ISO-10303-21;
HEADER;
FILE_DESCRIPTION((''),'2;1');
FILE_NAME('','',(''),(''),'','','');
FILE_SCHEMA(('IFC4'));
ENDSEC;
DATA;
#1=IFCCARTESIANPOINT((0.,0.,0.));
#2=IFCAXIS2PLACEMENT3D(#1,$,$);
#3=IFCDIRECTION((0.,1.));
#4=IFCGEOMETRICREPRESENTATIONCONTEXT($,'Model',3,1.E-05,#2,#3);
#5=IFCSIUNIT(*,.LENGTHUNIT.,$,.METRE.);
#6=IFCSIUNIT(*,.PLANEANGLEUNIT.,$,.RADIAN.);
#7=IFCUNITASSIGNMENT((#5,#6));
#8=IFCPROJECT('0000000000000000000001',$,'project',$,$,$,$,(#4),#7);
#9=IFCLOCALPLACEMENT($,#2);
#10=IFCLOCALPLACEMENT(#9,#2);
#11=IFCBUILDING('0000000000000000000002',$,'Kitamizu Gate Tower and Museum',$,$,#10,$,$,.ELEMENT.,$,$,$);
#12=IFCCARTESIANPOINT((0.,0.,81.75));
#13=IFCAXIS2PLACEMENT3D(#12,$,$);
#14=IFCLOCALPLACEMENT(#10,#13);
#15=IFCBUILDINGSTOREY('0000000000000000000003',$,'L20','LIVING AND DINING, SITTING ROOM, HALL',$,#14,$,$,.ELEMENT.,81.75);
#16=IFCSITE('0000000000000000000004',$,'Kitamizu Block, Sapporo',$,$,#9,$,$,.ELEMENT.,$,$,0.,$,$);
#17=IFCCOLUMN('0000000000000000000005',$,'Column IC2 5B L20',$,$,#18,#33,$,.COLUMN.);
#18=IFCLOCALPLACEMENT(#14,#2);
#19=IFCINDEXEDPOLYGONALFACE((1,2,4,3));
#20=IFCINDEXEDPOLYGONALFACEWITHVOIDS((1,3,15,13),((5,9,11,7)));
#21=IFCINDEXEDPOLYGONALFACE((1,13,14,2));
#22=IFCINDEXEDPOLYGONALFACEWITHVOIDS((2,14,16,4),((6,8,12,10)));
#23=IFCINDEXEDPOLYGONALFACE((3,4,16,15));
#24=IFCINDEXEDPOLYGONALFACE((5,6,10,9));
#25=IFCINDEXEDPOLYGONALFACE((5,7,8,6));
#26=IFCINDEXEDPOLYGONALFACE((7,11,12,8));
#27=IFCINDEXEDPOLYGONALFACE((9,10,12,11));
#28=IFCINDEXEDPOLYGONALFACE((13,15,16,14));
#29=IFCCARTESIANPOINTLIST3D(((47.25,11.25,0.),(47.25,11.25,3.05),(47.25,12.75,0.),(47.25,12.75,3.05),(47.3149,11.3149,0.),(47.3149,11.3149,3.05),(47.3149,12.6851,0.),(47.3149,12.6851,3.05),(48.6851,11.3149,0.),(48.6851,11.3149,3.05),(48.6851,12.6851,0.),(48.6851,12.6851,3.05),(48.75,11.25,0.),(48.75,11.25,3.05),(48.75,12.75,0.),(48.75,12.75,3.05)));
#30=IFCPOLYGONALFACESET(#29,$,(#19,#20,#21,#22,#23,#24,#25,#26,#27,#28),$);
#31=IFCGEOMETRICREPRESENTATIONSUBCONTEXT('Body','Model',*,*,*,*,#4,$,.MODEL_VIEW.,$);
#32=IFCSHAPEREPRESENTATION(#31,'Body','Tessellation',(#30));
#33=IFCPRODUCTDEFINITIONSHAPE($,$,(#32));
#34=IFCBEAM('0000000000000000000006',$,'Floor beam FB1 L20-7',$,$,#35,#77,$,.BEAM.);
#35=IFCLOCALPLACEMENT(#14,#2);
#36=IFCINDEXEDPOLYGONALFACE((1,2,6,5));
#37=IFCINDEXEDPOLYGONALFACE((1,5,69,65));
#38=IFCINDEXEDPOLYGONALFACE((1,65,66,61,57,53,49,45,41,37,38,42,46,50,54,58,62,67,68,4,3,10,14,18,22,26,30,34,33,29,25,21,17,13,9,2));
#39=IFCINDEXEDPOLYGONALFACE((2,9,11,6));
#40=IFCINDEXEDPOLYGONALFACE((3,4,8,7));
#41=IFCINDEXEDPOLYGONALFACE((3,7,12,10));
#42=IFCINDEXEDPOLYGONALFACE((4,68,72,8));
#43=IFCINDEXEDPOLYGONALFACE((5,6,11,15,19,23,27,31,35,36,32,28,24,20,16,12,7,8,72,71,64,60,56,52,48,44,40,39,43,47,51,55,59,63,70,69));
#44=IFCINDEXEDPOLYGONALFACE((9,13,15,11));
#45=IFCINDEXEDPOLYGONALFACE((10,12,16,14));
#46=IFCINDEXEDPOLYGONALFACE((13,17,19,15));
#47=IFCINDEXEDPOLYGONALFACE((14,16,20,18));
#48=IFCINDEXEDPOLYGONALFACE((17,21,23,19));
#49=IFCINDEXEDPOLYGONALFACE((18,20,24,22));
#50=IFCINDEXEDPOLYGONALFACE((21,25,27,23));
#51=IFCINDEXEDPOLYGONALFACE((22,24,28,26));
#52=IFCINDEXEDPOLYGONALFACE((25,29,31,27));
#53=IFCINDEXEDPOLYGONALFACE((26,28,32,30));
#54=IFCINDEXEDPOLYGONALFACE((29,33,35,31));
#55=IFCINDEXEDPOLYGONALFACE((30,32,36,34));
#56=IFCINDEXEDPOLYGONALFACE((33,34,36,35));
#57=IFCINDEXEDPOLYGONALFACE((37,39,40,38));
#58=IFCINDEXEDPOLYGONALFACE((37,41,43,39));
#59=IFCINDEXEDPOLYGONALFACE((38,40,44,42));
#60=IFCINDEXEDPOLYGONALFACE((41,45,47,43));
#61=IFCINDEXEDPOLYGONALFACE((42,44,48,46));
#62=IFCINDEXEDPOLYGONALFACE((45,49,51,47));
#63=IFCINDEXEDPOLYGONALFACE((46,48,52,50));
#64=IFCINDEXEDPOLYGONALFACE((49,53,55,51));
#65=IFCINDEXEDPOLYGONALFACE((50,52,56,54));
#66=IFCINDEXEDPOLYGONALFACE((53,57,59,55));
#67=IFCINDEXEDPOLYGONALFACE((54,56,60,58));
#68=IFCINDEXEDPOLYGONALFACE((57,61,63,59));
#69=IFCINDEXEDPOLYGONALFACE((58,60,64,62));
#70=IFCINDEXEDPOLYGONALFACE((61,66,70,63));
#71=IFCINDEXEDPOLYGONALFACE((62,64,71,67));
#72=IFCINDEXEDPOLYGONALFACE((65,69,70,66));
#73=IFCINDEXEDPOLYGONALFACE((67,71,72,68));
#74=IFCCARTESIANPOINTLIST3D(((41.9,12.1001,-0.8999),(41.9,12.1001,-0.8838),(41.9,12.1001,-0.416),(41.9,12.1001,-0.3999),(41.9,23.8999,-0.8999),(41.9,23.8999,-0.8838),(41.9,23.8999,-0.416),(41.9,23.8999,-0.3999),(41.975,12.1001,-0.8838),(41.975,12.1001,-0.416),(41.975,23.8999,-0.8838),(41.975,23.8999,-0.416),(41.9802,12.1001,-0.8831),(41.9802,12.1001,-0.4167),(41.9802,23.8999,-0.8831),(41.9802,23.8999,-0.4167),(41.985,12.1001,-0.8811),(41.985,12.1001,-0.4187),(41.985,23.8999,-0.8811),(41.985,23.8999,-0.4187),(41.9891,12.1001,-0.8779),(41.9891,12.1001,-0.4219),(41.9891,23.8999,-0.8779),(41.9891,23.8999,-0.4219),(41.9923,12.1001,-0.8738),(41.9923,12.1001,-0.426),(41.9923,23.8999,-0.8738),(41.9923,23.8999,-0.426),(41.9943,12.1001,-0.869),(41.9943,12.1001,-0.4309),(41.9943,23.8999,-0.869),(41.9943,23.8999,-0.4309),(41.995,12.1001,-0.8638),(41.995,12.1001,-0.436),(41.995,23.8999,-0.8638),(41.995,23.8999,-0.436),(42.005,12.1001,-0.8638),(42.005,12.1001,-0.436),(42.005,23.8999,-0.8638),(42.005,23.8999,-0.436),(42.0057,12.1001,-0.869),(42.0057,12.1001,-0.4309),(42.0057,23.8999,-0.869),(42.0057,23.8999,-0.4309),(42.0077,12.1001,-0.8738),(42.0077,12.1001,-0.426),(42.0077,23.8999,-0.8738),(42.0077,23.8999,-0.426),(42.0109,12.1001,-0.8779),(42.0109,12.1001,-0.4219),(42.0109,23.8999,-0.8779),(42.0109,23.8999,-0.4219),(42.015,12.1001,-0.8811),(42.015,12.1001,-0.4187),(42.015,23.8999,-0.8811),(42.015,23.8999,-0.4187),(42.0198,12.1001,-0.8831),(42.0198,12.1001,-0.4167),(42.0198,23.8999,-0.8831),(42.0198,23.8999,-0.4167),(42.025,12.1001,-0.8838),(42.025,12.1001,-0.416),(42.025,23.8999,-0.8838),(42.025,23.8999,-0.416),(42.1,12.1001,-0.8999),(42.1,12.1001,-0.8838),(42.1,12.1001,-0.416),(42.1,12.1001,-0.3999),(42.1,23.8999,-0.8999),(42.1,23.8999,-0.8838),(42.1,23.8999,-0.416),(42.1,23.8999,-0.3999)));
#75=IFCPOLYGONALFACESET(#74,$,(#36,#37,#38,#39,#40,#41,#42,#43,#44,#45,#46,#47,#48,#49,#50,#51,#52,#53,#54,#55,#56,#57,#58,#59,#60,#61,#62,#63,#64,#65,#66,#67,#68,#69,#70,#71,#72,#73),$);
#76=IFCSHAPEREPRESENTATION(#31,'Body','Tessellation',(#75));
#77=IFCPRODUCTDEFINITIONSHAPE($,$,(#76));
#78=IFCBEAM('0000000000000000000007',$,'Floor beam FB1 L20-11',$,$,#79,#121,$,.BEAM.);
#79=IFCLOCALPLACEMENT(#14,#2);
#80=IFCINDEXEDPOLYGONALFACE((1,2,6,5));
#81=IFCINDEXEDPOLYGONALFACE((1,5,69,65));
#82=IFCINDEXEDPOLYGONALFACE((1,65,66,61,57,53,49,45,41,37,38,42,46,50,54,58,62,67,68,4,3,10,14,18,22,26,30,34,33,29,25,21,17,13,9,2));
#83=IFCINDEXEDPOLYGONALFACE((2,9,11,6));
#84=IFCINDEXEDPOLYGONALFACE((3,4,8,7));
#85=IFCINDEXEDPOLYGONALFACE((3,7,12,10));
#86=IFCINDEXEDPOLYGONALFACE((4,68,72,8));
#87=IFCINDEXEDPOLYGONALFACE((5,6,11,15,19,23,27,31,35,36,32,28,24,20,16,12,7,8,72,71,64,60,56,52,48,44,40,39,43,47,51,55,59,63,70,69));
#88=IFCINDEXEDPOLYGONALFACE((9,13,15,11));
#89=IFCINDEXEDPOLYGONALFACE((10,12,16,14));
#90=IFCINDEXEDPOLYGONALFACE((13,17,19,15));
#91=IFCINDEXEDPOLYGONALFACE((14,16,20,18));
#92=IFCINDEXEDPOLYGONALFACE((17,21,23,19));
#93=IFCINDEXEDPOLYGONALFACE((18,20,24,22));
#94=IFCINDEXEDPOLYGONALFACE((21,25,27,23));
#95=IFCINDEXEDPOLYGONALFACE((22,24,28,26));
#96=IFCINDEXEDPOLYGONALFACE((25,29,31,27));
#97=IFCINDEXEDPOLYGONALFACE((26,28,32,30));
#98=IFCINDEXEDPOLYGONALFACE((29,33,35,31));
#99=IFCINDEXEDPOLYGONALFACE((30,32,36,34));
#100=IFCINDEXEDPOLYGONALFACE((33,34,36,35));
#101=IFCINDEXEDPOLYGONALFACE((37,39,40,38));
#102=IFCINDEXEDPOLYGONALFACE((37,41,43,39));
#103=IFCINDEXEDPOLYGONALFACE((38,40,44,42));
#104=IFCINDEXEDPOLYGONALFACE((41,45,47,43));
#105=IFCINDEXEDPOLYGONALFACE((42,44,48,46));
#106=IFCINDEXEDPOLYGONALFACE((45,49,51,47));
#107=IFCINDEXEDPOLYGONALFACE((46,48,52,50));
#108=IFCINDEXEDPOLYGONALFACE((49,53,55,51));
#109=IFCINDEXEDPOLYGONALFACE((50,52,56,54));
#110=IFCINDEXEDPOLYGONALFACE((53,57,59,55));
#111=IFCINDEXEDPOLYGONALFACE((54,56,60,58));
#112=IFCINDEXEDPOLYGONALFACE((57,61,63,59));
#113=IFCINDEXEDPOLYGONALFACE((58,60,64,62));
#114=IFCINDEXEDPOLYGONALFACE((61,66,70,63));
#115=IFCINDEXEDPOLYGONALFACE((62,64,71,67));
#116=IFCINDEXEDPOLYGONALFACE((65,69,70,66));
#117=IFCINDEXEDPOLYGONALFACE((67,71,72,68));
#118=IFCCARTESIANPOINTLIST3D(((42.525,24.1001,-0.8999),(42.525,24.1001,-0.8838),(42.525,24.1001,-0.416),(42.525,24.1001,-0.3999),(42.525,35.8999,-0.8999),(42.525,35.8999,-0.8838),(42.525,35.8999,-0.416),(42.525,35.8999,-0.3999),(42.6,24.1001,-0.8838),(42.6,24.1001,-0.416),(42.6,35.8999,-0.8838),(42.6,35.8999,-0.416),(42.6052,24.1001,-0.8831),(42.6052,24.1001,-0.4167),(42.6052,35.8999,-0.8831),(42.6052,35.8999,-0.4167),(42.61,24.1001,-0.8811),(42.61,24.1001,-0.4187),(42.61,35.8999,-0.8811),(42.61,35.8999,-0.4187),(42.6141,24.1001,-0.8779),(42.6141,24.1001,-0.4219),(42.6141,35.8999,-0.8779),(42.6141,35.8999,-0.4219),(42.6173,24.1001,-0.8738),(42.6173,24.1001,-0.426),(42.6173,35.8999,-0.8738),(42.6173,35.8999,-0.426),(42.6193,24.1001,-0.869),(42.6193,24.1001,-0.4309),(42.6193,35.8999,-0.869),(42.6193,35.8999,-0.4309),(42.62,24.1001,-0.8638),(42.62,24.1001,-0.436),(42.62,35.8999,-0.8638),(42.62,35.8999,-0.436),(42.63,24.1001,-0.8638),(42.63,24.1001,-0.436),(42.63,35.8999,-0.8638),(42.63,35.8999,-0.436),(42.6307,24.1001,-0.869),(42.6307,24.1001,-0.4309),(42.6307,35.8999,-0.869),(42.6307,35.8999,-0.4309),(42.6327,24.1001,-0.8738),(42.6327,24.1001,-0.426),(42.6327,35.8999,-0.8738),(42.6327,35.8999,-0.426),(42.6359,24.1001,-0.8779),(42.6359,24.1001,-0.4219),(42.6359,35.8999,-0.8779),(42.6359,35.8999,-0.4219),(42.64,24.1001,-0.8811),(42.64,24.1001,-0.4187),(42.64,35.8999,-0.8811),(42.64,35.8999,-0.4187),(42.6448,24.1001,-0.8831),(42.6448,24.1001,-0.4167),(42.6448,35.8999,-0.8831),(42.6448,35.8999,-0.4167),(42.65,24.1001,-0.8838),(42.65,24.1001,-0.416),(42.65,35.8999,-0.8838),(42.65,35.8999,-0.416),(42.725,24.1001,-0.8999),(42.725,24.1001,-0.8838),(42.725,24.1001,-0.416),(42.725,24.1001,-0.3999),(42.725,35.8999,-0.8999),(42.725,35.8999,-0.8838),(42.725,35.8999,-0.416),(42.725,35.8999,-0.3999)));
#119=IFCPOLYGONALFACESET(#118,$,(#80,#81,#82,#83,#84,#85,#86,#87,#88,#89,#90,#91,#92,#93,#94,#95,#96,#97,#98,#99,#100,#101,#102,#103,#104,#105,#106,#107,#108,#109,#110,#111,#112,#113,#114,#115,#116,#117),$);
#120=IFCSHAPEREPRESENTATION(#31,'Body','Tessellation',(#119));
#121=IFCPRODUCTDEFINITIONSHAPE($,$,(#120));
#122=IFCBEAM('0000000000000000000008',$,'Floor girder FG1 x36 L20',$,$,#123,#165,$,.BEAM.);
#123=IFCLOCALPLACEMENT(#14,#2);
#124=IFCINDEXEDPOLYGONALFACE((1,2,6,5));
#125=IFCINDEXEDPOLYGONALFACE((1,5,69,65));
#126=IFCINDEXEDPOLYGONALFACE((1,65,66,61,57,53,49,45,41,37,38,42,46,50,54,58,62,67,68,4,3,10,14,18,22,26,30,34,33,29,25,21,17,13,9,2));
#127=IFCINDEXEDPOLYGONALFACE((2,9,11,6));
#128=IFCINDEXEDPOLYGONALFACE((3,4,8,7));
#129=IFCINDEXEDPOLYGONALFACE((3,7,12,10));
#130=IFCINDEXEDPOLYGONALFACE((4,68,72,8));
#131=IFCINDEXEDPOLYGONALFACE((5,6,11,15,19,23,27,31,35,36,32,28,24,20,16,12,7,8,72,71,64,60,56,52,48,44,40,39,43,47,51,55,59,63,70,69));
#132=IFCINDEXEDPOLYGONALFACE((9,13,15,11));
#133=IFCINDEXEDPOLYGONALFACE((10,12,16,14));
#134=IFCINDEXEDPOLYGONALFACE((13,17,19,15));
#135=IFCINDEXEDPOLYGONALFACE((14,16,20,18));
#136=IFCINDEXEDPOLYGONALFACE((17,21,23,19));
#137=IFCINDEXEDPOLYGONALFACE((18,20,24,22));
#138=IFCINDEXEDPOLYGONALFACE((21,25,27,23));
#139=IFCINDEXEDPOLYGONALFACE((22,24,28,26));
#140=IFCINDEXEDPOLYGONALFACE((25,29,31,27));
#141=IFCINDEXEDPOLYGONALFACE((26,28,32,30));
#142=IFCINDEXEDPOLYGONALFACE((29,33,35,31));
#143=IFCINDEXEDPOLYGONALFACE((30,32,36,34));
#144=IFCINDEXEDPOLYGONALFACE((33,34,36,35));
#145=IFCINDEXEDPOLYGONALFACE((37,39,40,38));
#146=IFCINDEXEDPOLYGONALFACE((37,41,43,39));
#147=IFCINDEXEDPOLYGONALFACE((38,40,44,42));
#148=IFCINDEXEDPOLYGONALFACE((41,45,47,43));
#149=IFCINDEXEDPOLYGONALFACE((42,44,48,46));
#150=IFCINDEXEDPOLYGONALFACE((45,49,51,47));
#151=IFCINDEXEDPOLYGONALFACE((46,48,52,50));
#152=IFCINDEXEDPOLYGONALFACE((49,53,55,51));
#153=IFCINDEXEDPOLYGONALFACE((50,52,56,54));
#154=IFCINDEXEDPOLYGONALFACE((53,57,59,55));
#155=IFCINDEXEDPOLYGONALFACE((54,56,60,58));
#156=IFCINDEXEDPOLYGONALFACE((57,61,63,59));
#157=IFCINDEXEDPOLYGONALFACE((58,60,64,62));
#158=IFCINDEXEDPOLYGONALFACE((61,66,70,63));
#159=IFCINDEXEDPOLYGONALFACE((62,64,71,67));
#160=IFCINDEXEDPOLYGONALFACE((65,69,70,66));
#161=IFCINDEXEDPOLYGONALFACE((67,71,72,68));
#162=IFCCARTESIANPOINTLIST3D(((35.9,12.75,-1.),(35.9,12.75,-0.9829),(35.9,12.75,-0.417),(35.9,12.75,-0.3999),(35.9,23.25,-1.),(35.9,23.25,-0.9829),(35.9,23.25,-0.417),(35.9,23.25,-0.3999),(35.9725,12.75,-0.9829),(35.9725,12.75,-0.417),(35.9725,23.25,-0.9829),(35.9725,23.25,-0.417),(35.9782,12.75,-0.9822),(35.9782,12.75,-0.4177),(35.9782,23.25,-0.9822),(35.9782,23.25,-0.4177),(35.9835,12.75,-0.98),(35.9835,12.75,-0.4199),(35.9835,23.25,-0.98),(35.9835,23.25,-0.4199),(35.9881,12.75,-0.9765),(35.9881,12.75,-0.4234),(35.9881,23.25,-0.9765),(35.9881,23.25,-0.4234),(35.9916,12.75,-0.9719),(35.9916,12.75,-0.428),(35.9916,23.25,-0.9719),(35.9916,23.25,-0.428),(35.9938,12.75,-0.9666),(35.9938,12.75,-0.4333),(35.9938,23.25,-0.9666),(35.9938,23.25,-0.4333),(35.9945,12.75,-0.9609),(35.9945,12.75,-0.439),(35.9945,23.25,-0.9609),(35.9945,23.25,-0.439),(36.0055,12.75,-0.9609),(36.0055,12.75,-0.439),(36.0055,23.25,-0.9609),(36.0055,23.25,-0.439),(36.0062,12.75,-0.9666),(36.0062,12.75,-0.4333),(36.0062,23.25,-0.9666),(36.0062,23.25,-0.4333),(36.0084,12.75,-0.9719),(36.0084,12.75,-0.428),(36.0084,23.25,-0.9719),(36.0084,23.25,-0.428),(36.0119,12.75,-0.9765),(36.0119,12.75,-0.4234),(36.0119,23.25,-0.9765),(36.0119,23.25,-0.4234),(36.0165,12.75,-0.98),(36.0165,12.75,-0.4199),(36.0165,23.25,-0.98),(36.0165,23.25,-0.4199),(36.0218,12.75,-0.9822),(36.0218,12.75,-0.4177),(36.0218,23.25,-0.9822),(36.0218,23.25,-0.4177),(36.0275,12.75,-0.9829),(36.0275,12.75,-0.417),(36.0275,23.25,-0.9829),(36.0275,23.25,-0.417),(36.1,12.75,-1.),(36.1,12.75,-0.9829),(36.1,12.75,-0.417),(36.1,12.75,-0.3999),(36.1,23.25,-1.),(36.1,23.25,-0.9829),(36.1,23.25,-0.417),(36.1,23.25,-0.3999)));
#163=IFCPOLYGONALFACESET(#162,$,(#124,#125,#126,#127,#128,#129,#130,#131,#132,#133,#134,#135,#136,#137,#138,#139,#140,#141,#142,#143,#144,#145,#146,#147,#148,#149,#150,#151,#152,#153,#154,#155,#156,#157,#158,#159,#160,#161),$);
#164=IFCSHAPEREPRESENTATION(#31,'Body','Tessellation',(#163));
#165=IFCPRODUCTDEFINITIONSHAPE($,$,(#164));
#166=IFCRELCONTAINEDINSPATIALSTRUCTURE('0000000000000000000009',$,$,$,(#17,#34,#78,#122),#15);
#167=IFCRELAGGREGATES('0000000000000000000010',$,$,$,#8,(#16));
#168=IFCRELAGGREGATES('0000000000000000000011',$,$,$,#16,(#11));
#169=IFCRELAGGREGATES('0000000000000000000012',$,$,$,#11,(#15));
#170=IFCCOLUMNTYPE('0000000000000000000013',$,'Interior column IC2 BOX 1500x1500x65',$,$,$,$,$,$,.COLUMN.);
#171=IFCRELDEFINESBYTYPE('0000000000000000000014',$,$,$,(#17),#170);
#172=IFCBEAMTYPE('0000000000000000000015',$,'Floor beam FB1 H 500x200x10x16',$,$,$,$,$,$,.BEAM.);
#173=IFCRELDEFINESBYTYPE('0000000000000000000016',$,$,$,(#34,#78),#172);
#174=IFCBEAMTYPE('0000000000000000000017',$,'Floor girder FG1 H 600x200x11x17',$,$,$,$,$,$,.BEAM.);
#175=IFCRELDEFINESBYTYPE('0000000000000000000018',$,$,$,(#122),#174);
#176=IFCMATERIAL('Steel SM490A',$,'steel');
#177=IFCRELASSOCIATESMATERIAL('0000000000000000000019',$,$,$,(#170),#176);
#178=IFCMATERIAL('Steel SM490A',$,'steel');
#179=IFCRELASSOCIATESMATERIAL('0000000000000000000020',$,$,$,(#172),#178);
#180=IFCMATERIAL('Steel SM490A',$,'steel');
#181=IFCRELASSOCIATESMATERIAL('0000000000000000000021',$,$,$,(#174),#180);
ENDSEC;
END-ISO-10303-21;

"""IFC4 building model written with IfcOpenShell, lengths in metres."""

from ifc_helpers import new_model, si_unit, direction, frame, origin, origin_2d, place, context, subcontext, project, spatial, hollow_rectangle, i_section, extrude, material, material_profile, profile_set, type_object, element, save


model = new_model("IFC4")

# Units and contexts
model_context = context("Model", 3, precision=1e-05, world=origin(), true_north=direction((0.0, 1.0)))
body_context = subcontext(model_context, "Body", "Model", "MODEL_VIEW")
ifc_project = project(units=[si_unit("LENGTHUNIT", "METRE"), si_unit("PLANEANGLEUNIT", "RADIAN")], contexts=[model_context])

# Site, building, storey
site_placement = place(None, origin())
site = spatial("IfcSite", under=ifc_project, at=site_placement, Name="Kitamizu Block, Sapporo", CompositionType="ELEMENT", RefElevation=0.0)
building_placement = place(site_placement, origin())
building = spatial("IfcBuilding", under=site, at=building_placement, Name="Kitamizu Gate Tower and Museum", CompositionType="ELEMENT")
storey_placement = place(building_placement, frame((0.0, 0.0, 81.75)))
storey = spatial("IfcBuildingStorey", under=building, at=storey_placement, Name="L20", Description="LIVING AND DINING, SITTING ROOM, HALL", CompositionType="ELEMENT", Elevation=81.75)

# Column
ifc_material_1 = material(Name="Steel SM490A", Category="steel")
ifc_material_profile_1 = material_profile(ifc_material_1, hollow_rectangle(XDim=1.5, YDim=1.5, WallThickness=0.0649, at=origin_2d()), Name="BOX 1500x1500x65")
ifc_profile_set_1 = profile_set([ifc_material_profile_1], Name="Steel SM490A")
column_type = type_object("IfcColumnType", Name="Interior column IC2 BOX 1500x1500x65", PredefinedType="COLUMN", material=ifc_profile_set_1)
column_placement = place(storey_placement, frame((48.0, 12.0, 0.0), z_axis=(0.0, 0.0, 1.0), x_axis=(1.0, 0.0, 0.0)))
element("IfcColumn", 1, at=column_placement, inside=storey, type_object=column_type, Name="Column IC2 5B L20", PredefinedType="COLUMN", context=body_context, shape_type="SweptSolid", body=[
    extrude(hollow_rectangle(XDim=1.5, YDim=1.5, WallThickness=0.0649, at=origin_2d()), origin(), (0.0, 0.0, 1.0), 3.05),
])

# Beams
ifc_material_2 = material(Name="Steel SM490A", Category="steel")
ifc_material_profile_2 = material_profile(ifc_material_2, i_section(OverallWidth=0.2, OverallDepth=0.5, WebThickness=0.01, FlangeThickness=0.0161, FilletRadius=0.02, at=origin_2d()), Name="H-500x200x10x16")
ifc_profile_set_2 = profile_set([ifc_material_profile_2], Name="Steel SM490A")
beam_type_1 = type_object("IfcBeamType", Name="Floor beam FB1 H 500x200x10x16", PredefinedType="BEAM", material=ifc_profile_set_2)
for number, where, z_axis, x_axis, name in (
    (2, (42.0, 12.1001, -0.6499), (0.0, 1.0, 0.0), (-1.0, 0.0, 0.0), "Floor beam FB1 L20-7"),
    (3, (42.625, 24.1001, -0.6499), (0.0, 1.0, 0.0), (-1.0, 0.0, 0.0), "Floor beam FB1 L20-11"),
):
    element("IfcBeam", number, at=place(storey_placement, frame(where, z_axis=z_axis, x_axis=x_axis)), inside=storey, type_object=beam_type_1, Name=name, PredefinedType="BEAM", context=body_context, shape_type="SweptSolid", body=[
        extrude(i_section(OverallWidth=0.2, OverallDepth=0.5, WebThickness=0.01, FlangeThickness=0.0161, FilletRadius=0.02, at=origin_2d()), origin(), (0.0, 0.0, 1.0), 11.7998),
    ])
ifc_material_3 = material(Name="Steel SM490A", Category="steel")
ifc_material_profile_3 = material_profile(ifc_material_3, i_section(OverallWidth=0.2, OverallDepth=0.6001, WebThickness=0.011, FlangeThickness=0.0171, FilletRadius=0.022, at=origin_2d()), Name="H-600x200x11x17")
ifc_profile_set_3 = profile_set([ifc_material_profile_3], Name="Steel SM490A")
beam_type_2 = type_object("IfcBeamType", Name="Floor girder FG1 H 600x200x11x17", PredefinedType="BEAM", material=ifc_profile_set_3)
for number, where, z_axis, x_axis, name in (
    (4, (36.0, 12.75, -0.7), (0.0, 1.0, 0.0), (-1.0, 0.0, 0.0), "Floor girder FG1 x36 L20"),
):
    element("IfcBeam", number, at=place(storey_placement, frame(where, z_axis=z_axis, x_axis=x_axis)), inside=storey, type_object=beam_type_2, Name=name, PredefinedType="BEAM", context=body_context, shape_type="SweptSolid", body=[
        extrude(i_section(OverallWidth=0.2, OverallDepth=0.6001, WebThickness=0.011, FlangeThickness=0.0171, FilletRadius=0.022, at=origin_2d()), origin(), (0.0, 0.0, 1.0), 10.5),
    ])

save(model, "model.ifc")
